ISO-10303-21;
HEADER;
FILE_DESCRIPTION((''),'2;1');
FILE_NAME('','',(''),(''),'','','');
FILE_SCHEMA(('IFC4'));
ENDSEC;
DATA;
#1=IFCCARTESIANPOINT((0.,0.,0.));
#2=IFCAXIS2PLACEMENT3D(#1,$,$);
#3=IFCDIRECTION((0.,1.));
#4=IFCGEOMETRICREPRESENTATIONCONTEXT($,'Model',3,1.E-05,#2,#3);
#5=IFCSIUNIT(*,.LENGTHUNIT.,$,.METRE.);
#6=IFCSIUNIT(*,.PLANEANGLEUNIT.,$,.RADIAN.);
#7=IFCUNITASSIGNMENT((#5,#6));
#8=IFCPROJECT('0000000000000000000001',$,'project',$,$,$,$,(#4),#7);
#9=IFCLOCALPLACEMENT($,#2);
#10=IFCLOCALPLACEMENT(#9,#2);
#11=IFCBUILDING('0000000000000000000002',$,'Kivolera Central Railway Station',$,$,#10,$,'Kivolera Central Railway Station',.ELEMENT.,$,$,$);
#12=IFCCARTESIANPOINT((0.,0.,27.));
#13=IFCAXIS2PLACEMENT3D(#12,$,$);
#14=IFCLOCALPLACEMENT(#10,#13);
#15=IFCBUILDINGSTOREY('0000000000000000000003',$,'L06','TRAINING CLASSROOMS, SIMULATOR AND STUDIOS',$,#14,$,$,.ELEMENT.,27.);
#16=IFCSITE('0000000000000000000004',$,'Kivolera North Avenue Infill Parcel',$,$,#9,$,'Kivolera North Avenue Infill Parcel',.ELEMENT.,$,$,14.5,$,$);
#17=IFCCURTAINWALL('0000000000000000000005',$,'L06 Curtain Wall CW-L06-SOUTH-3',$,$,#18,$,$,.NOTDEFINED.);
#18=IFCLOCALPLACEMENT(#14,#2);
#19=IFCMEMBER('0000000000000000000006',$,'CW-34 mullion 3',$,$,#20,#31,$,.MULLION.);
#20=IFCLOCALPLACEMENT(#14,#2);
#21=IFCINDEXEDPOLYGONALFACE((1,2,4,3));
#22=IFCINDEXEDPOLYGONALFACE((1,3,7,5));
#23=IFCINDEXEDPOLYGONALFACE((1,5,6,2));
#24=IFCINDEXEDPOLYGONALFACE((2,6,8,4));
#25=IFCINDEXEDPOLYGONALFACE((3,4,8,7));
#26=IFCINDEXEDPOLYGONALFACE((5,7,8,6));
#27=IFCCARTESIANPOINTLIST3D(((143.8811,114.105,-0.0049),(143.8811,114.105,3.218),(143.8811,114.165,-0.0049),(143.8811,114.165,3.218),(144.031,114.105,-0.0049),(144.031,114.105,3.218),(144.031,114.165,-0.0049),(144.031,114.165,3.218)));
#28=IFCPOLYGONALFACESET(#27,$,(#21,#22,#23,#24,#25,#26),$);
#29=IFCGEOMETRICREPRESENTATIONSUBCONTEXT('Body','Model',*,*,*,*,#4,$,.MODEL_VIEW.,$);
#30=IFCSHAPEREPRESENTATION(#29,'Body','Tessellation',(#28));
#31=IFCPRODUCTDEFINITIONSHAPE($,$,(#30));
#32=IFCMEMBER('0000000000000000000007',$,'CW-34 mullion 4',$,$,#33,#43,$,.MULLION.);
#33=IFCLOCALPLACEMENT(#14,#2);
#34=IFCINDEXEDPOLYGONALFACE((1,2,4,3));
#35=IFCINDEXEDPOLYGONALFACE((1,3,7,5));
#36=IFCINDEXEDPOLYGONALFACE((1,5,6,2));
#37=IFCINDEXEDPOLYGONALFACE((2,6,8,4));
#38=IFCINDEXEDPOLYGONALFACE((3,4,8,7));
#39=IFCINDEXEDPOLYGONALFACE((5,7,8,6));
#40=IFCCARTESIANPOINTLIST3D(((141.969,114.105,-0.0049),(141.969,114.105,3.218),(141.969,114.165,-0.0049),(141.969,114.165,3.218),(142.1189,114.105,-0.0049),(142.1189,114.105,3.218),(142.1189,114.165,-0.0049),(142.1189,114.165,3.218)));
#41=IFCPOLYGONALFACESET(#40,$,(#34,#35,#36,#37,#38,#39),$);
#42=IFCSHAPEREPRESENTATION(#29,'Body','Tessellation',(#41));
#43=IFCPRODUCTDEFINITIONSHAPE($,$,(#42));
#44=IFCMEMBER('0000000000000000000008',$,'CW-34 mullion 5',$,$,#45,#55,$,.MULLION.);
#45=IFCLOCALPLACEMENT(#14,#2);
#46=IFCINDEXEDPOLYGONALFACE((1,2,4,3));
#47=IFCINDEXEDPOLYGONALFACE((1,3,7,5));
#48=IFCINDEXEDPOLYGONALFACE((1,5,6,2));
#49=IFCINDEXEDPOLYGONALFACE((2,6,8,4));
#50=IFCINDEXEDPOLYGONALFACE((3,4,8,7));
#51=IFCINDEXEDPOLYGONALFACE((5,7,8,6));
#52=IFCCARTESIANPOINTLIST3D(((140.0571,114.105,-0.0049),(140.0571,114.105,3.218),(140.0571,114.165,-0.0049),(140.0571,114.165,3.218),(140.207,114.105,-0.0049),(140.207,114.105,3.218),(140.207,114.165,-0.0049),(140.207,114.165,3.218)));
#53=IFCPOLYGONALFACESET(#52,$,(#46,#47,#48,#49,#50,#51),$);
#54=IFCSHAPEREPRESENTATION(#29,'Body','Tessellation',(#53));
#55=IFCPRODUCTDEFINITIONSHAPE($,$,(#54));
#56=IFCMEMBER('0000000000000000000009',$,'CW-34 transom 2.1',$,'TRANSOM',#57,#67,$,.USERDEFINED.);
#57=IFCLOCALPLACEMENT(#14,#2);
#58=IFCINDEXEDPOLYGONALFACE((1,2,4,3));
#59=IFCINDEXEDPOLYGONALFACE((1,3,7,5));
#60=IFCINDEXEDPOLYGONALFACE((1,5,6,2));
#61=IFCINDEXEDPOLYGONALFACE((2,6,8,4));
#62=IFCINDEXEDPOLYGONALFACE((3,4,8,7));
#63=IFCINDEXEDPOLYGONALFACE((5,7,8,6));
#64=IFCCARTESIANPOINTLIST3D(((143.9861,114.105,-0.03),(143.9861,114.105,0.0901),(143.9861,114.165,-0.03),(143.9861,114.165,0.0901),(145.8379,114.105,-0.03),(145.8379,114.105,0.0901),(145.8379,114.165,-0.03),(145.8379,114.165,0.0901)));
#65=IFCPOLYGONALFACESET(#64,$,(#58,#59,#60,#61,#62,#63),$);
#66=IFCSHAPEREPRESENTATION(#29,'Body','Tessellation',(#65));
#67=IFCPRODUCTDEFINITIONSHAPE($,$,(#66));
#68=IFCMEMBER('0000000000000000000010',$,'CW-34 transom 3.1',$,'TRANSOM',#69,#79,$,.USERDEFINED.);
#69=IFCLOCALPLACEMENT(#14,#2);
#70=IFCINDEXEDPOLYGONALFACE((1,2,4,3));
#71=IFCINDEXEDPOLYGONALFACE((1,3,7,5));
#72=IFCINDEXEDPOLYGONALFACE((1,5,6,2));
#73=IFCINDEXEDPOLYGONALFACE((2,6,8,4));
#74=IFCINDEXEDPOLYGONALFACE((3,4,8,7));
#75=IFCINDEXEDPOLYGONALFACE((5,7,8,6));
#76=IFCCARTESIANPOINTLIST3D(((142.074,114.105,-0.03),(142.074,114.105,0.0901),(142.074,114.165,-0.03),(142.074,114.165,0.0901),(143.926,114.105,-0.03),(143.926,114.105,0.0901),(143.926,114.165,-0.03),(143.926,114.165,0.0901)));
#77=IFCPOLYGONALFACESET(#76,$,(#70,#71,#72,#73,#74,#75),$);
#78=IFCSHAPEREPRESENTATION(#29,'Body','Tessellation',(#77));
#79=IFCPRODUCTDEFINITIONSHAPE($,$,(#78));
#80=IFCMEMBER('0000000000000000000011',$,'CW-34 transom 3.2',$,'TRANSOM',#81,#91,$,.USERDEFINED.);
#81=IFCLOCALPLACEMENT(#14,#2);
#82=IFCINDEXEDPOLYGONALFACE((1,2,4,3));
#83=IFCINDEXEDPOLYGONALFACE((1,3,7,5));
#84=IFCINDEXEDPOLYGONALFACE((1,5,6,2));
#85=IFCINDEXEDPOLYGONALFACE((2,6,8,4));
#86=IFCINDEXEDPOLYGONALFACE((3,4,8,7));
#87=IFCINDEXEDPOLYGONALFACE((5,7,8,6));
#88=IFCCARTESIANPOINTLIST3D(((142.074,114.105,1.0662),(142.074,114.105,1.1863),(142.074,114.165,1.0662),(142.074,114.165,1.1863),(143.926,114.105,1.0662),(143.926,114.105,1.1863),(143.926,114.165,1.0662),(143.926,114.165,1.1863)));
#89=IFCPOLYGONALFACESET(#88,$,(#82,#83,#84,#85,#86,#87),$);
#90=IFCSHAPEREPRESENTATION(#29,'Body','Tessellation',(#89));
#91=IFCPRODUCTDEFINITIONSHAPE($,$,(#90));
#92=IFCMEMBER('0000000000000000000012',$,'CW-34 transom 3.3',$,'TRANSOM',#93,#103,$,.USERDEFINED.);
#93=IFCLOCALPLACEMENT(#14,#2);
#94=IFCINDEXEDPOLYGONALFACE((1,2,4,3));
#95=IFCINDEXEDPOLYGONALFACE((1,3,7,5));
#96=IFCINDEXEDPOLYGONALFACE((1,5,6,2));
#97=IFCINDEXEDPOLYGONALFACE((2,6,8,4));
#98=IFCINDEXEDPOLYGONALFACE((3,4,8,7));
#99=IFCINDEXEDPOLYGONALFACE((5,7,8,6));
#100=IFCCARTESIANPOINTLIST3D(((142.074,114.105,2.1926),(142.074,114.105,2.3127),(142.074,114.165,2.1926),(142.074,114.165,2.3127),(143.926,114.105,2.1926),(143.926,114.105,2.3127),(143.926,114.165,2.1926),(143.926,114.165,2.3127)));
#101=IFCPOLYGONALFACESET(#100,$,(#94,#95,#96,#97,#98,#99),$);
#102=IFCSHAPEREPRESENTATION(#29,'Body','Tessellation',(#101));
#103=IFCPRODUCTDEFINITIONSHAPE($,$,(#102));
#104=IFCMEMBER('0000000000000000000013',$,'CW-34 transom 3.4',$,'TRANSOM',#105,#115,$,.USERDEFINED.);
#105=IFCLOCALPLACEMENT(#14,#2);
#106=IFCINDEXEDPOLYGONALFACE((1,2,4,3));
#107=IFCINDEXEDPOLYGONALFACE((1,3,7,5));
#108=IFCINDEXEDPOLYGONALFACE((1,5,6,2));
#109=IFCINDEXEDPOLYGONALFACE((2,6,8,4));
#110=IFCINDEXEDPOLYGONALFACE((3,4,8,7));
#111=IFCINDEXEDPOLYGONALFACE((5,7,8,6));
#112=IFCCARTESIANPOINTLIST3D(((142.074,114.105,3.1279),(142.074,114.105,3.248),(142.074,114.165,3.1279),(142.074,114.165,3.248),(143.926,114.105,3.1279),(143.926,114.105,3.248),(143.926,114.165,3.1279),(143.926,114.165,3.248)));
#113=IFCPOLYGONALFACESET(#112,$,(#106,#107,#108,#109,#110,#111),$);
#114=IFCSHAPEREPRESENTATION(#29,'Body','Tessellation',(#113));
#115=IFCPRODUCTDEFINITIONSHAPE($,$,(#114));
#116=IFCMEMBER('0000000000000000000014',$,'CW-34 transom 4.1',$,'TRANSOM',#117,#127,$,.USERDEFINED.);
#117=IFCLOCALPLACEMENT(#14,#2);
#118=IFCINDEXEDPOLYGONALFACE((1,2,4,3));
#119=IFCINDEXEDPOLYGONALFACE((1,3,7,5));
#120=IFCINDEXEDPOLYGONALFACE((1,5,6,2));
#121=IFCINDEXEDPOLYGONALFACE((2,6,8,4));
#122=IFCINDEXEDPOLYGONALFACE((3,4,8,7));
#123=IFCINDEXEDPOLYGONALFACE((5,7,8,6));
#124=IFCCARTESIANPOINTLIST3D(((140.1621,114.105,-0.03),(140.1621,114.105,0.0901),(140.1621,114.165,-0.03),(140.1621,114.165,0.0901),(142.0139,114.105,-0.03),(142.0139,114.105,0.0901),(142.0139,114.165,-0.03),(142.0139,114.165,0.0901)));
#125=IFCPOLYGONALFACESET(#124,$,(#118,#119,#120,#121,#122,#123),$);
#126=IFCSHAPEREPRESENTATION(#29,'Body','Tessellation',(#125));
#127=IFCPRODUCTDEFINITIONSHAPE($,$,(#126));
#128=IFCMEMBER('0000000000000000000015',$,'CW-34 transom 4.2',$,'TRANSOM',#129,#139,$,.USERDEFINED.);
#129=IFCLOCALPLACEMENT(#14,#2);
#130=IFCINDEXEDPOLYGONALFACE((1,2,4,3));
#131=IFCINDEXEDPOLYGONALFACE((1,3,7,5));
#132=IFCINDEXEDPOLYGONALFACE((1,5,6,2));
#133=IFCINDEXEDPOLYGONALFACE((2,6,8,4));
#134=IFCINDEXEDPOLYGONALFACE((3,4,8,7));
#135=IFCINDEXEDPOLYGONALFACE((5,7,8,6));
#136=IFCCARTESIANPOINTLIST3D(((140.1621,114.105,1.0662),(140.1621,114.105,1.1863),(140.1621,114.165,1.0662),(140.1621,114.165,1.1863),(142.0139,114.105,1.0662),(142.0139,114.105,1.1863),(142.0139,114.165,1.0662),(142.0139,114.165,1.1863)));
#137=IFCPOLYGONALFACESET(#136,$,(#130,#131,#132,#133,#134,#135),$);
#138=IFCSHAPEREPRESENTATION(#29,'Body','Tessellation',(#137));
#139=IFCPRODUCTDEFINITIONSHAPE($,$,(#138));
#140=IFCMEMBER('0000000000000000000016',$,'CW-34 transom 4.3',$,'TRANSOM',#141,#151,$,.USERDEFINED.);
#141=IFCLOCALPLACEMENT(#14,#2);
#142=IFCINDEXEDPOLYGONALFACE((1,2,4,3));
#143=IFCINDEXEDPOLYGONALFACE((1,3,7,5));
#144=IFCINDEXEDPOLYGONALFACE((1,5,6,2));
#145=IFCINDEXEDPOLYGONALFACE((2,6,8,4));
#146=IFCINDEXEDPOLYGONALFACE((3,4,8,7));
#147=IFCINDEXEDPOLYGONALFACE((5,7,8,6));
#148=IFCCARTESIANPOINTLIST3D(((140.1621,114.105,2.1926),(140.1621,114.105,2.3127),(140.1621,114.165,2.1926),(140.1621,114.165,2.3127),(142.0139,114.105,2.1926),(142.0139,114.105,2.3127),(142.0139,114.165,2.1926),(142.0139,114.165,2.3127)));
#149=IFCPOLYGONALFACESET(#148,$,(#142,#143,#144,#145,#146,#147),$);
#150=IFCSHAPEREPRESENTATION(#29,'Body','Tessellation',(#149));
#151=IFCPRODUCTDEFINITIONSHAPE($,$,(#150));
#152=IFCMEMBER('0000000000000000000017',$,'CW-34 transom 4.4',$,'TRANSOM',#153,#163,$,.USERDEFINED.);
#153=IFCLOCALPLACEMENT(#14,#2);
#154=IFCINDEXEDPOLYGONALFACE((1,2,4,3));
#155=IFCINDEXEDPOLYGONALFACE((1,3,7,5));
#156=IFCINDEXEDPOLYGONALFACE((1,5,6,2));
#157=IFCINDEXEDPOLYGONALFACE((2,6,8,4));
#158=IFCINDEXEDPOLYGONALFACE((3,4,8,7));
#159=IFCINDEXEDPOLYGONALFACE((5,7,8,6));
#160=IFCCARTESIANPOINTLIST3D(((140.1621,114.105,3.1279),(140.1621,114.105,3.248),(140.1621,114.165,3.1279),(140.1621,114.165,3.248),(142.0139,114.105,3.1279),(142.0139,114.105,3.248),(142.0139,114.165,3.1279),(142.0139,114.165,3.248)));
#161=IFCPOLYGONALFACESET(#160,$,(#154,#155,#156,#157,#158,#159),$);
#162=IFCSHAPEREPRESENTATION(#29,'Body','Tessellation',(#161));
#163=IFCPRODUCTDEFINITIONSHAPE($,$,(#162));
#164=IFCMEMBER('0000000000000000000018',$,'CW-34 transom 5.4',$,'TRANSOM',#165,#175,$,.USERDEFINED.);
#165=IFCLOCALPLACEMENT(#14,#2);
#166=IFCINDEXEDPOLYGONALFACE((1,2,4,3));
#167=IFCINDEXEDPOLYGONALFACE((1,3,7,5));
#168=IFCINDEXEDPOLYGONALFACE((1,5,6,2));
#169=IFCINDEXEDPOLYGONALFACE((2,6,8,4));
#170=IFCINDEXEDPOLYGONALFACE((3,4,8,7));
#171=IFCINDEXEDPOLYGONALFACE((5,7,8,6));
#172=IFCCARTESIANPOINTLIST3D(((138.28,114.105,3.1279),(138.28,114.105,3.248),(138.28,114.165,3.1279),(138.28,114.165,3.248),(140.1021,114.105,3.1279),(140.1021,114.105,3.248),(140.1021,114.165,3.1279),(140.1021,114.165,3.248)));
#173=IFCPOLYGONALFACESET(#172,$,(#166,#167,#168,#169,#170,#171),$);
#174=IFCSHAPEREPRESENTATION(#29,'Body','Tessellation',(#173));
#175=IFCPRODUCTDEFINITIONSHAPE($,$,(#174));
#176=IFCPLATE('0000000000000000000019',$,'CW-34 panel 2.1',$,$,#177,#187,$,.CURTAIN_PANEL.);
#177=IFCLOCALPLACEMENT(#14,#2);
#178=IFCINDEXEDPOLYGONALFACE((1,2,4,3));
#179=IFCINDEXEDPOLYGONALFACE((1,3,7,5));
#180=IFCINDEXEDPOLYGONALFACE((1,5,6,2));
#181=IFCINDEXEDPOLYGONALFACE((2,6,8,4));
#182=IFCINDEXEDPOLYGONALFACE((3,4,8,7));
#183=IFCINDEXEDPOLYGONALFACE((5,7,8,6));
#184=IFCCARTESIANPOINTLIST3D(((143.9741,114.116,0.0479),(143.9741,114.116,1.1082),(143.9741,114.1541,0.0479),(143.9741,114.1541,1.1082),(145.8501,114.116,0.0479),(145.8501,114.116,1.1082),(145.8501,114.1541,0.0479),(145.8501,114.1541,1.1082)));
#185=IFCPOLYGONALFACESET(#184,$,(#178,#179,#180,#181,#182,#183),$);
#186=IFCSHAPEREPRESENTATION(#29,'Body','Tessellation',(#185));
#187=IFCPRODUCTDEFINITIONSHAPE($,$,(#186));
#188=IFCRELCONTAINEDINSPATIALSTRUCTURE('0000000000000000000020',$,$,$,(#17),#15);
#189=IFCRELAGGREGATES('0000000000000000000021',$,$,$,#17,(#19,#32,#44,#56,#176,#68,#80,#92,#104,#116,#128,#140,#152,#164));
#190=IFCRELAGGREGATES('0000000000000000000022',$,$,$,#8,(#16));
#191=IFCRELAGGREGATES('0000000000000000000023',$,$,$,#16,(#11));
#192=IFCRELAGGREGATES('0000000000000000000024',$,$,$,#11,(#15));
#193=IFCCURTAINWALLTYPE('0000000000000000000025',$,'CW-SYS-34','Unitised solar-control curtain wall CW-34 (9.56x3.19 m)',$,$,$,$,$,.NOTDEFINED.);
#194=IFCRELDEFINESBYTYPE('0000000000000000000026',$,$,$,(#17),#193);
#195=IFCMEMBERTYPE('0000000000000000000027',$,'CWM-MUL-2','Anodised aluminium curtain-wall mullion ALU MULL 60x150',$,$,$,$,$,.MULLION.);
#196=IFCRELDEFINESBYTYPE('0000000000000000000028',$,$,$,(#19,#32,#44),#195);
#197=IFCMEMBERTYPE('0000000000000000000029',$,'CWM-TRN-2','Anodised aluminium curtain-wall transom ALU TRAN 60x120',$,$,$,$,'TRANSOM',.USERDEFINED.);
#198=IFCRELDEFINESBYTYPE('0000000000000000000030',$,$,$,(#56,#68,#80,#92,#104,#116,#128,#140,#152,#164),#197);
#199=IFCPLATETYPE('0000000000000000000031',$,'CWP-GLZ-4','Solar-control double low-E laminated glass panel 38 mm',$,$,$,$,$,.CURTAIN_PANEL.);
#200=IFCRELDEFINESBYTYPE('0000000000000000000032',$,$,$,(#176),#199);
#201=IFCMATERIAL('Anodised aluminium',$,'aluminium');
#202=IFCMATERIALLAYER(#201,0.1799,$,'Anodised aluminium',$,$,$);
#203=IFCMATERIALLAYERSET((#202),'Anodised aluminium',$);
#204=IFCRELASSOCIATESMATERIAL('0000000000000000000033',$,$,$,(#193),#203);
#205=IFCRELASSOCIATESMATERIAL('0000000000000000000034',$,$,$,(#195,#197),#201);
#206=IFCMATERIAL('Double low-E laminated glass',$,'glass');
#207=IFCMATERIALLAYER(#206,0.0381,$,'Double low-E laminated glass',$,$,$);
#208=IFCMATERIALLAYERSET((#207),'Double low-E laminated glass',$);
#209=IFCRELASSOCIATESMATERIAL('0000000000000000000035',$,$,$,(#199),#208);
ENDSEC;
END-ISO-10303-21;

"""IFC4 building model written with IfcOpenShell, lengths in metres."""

from ifc_helpers import new_model, si_unit, direction, frame, origin, origin_2d, place, context, subcontext, project, spatial, rectangle, extrude, material, layer, layer_set, material_profile, profile_set, type_object, element, aggregate, save


model = new_model("IFC4")

# Units and contexts
model_context = context("Model", 3, precision=1e-05, world=origin(), true_north=direction((0.0, 1.0)))
body_context = subcontext(model_context, "Body", "Model", "MODEL_VIEW")
ifc_project = project(units=[si_unit("LENGTHUNIT", "METRE"), si_unit("PLANEANGLEUNIT", "RADIAN")], contexts=[model_context])

# Site, building, storey
site_placement = place(None, origin())
site = spatial("IfcSite", under=ifc_project, at=site_placement, Name="Kivolera North Avenue Infill Parcel", LongName="Kivolera North Avenue Infill Parcel", CompositionType="ELEMENT", RefElevation=14.5)
building_placement = place(site_placement, origin())
building = spatial("IfcBuilding", under=site, at=building_placement, Name="Kivolera Central Railway Station", LongName="Kivolera Central Railway Station", CompositionType="ELEMENT")
storey_placement = place(building_placement, frame((0.0, 0.0, 27.0)))
storey = spatial("IfcBuildingStorey", under=building, at=storey_placement, Name="L06", Description="TRAINING CLASSROOMS, SIMULATOR AND STUDIOS", CompositionType="ELEMENT", Elevation=27.0)

# Curtain wall, members, plate
ifc_material_1 = material(Name="Anodised aluminium", Category="aluminium")
ifc_layer_1 = layer(ifc_material_1, 0.1799, Name="Anodised aluminium")
ifc_layer_set_1 = layer_set([ifc_layer_1], Name="Anodised aluminium")
curtain_wall_type = type_object("IfcCurtainWallType", Name="CW-SYS-34", Description="Unitised solar-control curtain wall CW-34 (9.56x3.19 m)", PredefinedType="NOTDEFINED", material=ifc_layer_set_1)
curtain_wall_placement = place(storey_placement, origin())
curtain_wall = element("IfcCurtainWall", 1, at=curtain_wall_placement, inside=storey, type_object=curtain_wall_type, Name="L06 Curtain Wall CW-L06-SOUTH-3", PredefinedType="NOTDEFINED")
ifc_material_profile_1 = material_profile(ifc_material_1, rectangle(XDim=0.0601, YDim=0.1499, at=origin_2d()), Name="ALU MULL 60x150")
ifc_profile_set_1 = profile_set([ifc_material_profile_1], Name="Anodised aluminium")
member_type_1 = type_object("IfcMemberType", Name="CWM-MUL-2", Description="Anodised aluminium curtain-wall mullion ALU MULL 60x150", PredefinedType="MULLION", material=ifc_profile_set_1)
member_1_placement = place(storey_placement, frame((143.9561, 114.135, -0.0049), z_axis=(0.0, 0.0, 1.0), x_axis=(0.0, -1.0, 0.0)))
member_1 = element("IfcMember", 2, at=member_1_placement, type_object=member_type_1, Name="CW-34 mullion 3", PredefinedType="MULLION", context=body_context, shape_type="SweptSolid", body=[
    extrude(rectangle(XDim=0.0601, YDim=0.1499, at=origin_2d()), origin(), (0.0, 0.0, 1.0), 3.2229),
])
member_2_placement = place(storey_placement, frame((142.0439, 114.135, -0.0049), z_axis=(0.0, 0.0, 1.0), x_axis=(0.0, -1.0, 0.0)))
member_2 = element("IfcMember", 3, at=member_2_placement, type_object=member_type_1, Name="CW-34 mullion 4", PredefinedType="MULLION", context=body_context, shape_type="SweptSolid", body=[
    extrude(rectangle(XDim=0.0601, YDim=0.1499, at=origin_2d()), origin(), (0.0, 0.0, 1.0), 3.2229),
])
member_3_placement = place(storey_placement, frame((140.1321, 114.135, -0.0049), z_axis=(0.0, 0.0, 1.0), x_axis=(0.0, -1.0, 0.0)))
member_3 = element("IfcMember", 4, at=member_3_placement, type_object=member_type_1, Name="CW-34 mullion 5", PredefinedType="MULLION", context=body_context, shape_type="SweptSolid", body=[
    extrude(rectangle(XDim=0.0601, YDim=0.1499, at=origin_2d()), origin(), (0.0, 0.0, 1.0), 3.2229),
])
ifc_material_profile_2 = material_profile(ifc_material_1, rectangle(XDim=0.0601, YDim=0.1201, at=origin_2d()), Name="ALU TRAN 60x120")
ifc_profile_set_2 = profile_set([ifc_material_profile_2], Name="Anodised aluminium")
member_type_2 = type_object("IfcMemberType", Name="CWM-TRN-2", Description="Anodised aluminium curtain-wall transom ALU TRAN 60x120", ElementType="TRANSOM", PredefinedType="USERDEFINED", material=ifc_profile_set_2)
member_4_placement = place(storey_placement, frame((145.8379, 114.135, 0.03), z_axis=(-1.0, 0.0, 0.0), x_axis=(0.0, -1.0, 0.0)))
member_4 = element("IfcMember", 5, at=member_4_placement, type_object=member_type_2, Name="CW-34 transom 2.1", ObjectType="TRANSOM", PredefinedType="USERDEFINED", context=body_context, shape_type="SweptSolid", body=[
    extrude(rectangle(XDim=0.0601, YDim=0.1201, at=origin_2d()), origin(), (0.0, 0.0, 1.0), 1.8518),
])
member_5_placement = place(storey_placement, frame((143.926, 114.135, 0.03), z_axis=(-1.0, 0.0, 0.0), x_axis=(0.0, -1.0, 0.0)))
member_5 = element("IfcMember", 6, at=member_5_placement, type_object=member_type_2, Name="CW-34 transom 3.1", ObjectType="TRANSOM", PredefinedType="USERDEFINED", context=body_context, shape_type="SweptSolid", body=[
    extrude(rectangle(XDim=0.0601, YDim=0.1201, at=origin_2d()), origin(), (0.0, 0.0, 1.0), 1.8521),
])
member_6_placement = place(storey_placement, frame((143.926, 114.135, 1.1262), z_axis=(-1.0, 0.0, 0.0), x_axis=(0.0, -1.0, 0.0)))
member_6 = element("IfcMember", 7, at=member_6_placement, type_object=member_type_2, Name="CW-34 transom 3.2", ObjectType="TRANSOM", PredefinedType="USERDEFINED", context=body_context, shape_type="SweptSolid", body=[
    extrude(rectangle(XDim=0.0601, YDim=0.1201, at=origin_2d()), origin(), (0.0, 0.0, 1.0), 1.8521),
])
member_7_placement = place(storey_placement, frame((143.926, 114.135, 2.2527), z_axis=(-1.0, 0.0, 0.0), x_axis=(0.0, -1.0, 0.0)))
member_7 = element("IfcMember", 8, at=member_7_placement, type_object=member_type_2, Name="CW-34 transom 3.3", ObjectType="TRANSOM", PredefinedType="USERDEFINED", context=body_context, shape_type="SweptSolid", body=[
    extrude(rectangle(XDim=0.0601, YDim=0.1201, at=origin_2d()), origin(), (0.0, 0.0, 1.0), 1.8521),
])
member_8_placement = place(storey_placement, frame((143.926, 114.135, 3.188), z_axis=(-1.0, 0.0, 0.0), x_axis=(0.0, -1.0, 0.0)))
member_8 = element("IfcMember", 9, at=member_8_placement, type_object=member_type_2, Name="CW-34 transom 3.4", ObjectType="TRANSOM", PredefinedType="USERDEFINED", context=body_context, shape_type="SweptSolid", body=[
    extrude(rectangle(XDim=0.0601, YDim=0.1201, at=origin_2d()), origin(), (0.0, 0.0, 1.0), 1.8521),
])
member_9_placement = place(storey_placement, frame((142.0139, 114.135, 0.03), z_axis=(-1.0, 0.0, 0.0), x_axis=(0.0, -1.0, 0.0)))
member_9 = element("IfcMember", 10, at=member_9_placement, type_object=member_type_2, Name="CW-34 transom 4.1", ObjectType="TRANSOM", PredefinedType="USERDEFINED", context=body_context, shape_type="SweptSolid", body=[
    extrude(rectangle(XDim=0.0601, YDim=0.1201, at=origin_2d()), origin(), (0.0, 0.0, 1.0), 1.8518),
])
member_10_placement = place(storey_placement, frame((142.0139, 114.135, 1.1262), z_axis=(-1.0, 0.0, 0.0), x_axis=(0.0, -1.0, 0.0)))
member_10 = element("IfcMember", 11, at=member_10_placement, type_object=member_type_2, Name="CW-34 transom 4.2", ObjectType="TRANSOM", PredefinedType="USERDEFINED", context=body_context, shape_type="SweptSolid", body=[
    extrude(rectangle(XDim=0.0601, YDim=0.1201, at=origin_2d()), origin(), (0.0, 0.0, 1.0), 1.8518),
])
member_11_placement = place(storey_placement, frame((142.0139, 114.135, 2.2527), z_axis=(-1.0, 0.0, 0.0), x_axis=(0.0, -1.0, 0.0)))
member_11 = element("IfcMember", 12, at=member_11_placement, type_object=member_type_2, Name="CW-34 transom 4.3", ObjectType="TRANSOM", PredefinedType="USERDEFINED", context=body_context, shape_type="SweptSolid", body=[
    extrude(rectangle(XDim=0.0601, YDim=0.1201, at=origin_2d()), origin(), (0.0, 0.0, 1.0), 1.8518),
])
member_12_placement = place(storey_placement, frame((142.0139, 114.135, 3.188), z_axis=(-1.0, 0.0, 0.0), x_axis=(0.0, -1.0, 0.0)))
member_12 = element("IfcMember", 13, at=member_12_placement, type_object=member_type_2, Name="CW-34 transom 4.4", ObjectType="TRANSOM", PredefinedType="USERDEFINED", context=body_context, shape_type="SweptSolid", body=[
    extrude(rectangle(XDim=0.0601, YDim=0.1201, at=origin_2d()), origin(), (0.0, 0.0, 1.0), 1.8518),
])
member_13_placement = place(storey_placement, frame((140.1021, 114.135, 3.188), z_axis=(-1.0, 0.0, 0.0), x_axis=(0.0, -1.0, 0.0)))
member_13 = element("IfcMember", 14, at=member_13_placement, type_object=member_type_2, Name="CW-34 transom 5.4", ObjectType="TRANSOM", PredefinedType="USERDEFINED", context=body_context, shape_type="SweptSolid", body=[
    extrude(rectangle(XDim=0.0601, YDim=0.1201, at=origin_2d()), origin(), (0.0, 0.0, 1.0), 1.822),
])
ifc_material_2 = material(Name="Double low-E laminated glass", Category="glass")
ifc_layer_2 = layer(ifc_material_2, 0.0381, Name="Double low-E laminated glass")
ifc_layer_set_2 = layer_set([ifc_layer_2], Name="Double low-E laminated glass")
plate_type = type_object("IfcPlateType", Name="CWP-GLZ-4", Description="Solar-control double low-E laminated glass panel 38 mm", PredefinedType="CURTAIN_PANEL", material=ifc_layer_set_2)
plate_1_placement = place(storey_placement, frame((144.9121, 114.135, 0.0479), z_axis=(0.0, 0.0, 1.0), x_axis=(-1.0, 0.0, 0.0)))
plate_1 = element("IfcPlate", 15, at=plate_1_placement, type_object=plate_type, Name="CW-34 panel 2.1", PredefinedType="CURTAIN_PANEL", context=body_context, shape_type="SweptSolid", body=[
    extrude(rectangle(XDim=1.876, YDim=0.0381, at=origin_2d()), origin(), (0.0, 0.0, 1.0), 1.0603),
])
aggregate(curtain_wall, [member_1, member_2, member_3, member_4, plate_1, member_5, member_6, member_7, member_8, member_9, member_10, member_11, member_12, member_13])

save(model, "model.ifc")
